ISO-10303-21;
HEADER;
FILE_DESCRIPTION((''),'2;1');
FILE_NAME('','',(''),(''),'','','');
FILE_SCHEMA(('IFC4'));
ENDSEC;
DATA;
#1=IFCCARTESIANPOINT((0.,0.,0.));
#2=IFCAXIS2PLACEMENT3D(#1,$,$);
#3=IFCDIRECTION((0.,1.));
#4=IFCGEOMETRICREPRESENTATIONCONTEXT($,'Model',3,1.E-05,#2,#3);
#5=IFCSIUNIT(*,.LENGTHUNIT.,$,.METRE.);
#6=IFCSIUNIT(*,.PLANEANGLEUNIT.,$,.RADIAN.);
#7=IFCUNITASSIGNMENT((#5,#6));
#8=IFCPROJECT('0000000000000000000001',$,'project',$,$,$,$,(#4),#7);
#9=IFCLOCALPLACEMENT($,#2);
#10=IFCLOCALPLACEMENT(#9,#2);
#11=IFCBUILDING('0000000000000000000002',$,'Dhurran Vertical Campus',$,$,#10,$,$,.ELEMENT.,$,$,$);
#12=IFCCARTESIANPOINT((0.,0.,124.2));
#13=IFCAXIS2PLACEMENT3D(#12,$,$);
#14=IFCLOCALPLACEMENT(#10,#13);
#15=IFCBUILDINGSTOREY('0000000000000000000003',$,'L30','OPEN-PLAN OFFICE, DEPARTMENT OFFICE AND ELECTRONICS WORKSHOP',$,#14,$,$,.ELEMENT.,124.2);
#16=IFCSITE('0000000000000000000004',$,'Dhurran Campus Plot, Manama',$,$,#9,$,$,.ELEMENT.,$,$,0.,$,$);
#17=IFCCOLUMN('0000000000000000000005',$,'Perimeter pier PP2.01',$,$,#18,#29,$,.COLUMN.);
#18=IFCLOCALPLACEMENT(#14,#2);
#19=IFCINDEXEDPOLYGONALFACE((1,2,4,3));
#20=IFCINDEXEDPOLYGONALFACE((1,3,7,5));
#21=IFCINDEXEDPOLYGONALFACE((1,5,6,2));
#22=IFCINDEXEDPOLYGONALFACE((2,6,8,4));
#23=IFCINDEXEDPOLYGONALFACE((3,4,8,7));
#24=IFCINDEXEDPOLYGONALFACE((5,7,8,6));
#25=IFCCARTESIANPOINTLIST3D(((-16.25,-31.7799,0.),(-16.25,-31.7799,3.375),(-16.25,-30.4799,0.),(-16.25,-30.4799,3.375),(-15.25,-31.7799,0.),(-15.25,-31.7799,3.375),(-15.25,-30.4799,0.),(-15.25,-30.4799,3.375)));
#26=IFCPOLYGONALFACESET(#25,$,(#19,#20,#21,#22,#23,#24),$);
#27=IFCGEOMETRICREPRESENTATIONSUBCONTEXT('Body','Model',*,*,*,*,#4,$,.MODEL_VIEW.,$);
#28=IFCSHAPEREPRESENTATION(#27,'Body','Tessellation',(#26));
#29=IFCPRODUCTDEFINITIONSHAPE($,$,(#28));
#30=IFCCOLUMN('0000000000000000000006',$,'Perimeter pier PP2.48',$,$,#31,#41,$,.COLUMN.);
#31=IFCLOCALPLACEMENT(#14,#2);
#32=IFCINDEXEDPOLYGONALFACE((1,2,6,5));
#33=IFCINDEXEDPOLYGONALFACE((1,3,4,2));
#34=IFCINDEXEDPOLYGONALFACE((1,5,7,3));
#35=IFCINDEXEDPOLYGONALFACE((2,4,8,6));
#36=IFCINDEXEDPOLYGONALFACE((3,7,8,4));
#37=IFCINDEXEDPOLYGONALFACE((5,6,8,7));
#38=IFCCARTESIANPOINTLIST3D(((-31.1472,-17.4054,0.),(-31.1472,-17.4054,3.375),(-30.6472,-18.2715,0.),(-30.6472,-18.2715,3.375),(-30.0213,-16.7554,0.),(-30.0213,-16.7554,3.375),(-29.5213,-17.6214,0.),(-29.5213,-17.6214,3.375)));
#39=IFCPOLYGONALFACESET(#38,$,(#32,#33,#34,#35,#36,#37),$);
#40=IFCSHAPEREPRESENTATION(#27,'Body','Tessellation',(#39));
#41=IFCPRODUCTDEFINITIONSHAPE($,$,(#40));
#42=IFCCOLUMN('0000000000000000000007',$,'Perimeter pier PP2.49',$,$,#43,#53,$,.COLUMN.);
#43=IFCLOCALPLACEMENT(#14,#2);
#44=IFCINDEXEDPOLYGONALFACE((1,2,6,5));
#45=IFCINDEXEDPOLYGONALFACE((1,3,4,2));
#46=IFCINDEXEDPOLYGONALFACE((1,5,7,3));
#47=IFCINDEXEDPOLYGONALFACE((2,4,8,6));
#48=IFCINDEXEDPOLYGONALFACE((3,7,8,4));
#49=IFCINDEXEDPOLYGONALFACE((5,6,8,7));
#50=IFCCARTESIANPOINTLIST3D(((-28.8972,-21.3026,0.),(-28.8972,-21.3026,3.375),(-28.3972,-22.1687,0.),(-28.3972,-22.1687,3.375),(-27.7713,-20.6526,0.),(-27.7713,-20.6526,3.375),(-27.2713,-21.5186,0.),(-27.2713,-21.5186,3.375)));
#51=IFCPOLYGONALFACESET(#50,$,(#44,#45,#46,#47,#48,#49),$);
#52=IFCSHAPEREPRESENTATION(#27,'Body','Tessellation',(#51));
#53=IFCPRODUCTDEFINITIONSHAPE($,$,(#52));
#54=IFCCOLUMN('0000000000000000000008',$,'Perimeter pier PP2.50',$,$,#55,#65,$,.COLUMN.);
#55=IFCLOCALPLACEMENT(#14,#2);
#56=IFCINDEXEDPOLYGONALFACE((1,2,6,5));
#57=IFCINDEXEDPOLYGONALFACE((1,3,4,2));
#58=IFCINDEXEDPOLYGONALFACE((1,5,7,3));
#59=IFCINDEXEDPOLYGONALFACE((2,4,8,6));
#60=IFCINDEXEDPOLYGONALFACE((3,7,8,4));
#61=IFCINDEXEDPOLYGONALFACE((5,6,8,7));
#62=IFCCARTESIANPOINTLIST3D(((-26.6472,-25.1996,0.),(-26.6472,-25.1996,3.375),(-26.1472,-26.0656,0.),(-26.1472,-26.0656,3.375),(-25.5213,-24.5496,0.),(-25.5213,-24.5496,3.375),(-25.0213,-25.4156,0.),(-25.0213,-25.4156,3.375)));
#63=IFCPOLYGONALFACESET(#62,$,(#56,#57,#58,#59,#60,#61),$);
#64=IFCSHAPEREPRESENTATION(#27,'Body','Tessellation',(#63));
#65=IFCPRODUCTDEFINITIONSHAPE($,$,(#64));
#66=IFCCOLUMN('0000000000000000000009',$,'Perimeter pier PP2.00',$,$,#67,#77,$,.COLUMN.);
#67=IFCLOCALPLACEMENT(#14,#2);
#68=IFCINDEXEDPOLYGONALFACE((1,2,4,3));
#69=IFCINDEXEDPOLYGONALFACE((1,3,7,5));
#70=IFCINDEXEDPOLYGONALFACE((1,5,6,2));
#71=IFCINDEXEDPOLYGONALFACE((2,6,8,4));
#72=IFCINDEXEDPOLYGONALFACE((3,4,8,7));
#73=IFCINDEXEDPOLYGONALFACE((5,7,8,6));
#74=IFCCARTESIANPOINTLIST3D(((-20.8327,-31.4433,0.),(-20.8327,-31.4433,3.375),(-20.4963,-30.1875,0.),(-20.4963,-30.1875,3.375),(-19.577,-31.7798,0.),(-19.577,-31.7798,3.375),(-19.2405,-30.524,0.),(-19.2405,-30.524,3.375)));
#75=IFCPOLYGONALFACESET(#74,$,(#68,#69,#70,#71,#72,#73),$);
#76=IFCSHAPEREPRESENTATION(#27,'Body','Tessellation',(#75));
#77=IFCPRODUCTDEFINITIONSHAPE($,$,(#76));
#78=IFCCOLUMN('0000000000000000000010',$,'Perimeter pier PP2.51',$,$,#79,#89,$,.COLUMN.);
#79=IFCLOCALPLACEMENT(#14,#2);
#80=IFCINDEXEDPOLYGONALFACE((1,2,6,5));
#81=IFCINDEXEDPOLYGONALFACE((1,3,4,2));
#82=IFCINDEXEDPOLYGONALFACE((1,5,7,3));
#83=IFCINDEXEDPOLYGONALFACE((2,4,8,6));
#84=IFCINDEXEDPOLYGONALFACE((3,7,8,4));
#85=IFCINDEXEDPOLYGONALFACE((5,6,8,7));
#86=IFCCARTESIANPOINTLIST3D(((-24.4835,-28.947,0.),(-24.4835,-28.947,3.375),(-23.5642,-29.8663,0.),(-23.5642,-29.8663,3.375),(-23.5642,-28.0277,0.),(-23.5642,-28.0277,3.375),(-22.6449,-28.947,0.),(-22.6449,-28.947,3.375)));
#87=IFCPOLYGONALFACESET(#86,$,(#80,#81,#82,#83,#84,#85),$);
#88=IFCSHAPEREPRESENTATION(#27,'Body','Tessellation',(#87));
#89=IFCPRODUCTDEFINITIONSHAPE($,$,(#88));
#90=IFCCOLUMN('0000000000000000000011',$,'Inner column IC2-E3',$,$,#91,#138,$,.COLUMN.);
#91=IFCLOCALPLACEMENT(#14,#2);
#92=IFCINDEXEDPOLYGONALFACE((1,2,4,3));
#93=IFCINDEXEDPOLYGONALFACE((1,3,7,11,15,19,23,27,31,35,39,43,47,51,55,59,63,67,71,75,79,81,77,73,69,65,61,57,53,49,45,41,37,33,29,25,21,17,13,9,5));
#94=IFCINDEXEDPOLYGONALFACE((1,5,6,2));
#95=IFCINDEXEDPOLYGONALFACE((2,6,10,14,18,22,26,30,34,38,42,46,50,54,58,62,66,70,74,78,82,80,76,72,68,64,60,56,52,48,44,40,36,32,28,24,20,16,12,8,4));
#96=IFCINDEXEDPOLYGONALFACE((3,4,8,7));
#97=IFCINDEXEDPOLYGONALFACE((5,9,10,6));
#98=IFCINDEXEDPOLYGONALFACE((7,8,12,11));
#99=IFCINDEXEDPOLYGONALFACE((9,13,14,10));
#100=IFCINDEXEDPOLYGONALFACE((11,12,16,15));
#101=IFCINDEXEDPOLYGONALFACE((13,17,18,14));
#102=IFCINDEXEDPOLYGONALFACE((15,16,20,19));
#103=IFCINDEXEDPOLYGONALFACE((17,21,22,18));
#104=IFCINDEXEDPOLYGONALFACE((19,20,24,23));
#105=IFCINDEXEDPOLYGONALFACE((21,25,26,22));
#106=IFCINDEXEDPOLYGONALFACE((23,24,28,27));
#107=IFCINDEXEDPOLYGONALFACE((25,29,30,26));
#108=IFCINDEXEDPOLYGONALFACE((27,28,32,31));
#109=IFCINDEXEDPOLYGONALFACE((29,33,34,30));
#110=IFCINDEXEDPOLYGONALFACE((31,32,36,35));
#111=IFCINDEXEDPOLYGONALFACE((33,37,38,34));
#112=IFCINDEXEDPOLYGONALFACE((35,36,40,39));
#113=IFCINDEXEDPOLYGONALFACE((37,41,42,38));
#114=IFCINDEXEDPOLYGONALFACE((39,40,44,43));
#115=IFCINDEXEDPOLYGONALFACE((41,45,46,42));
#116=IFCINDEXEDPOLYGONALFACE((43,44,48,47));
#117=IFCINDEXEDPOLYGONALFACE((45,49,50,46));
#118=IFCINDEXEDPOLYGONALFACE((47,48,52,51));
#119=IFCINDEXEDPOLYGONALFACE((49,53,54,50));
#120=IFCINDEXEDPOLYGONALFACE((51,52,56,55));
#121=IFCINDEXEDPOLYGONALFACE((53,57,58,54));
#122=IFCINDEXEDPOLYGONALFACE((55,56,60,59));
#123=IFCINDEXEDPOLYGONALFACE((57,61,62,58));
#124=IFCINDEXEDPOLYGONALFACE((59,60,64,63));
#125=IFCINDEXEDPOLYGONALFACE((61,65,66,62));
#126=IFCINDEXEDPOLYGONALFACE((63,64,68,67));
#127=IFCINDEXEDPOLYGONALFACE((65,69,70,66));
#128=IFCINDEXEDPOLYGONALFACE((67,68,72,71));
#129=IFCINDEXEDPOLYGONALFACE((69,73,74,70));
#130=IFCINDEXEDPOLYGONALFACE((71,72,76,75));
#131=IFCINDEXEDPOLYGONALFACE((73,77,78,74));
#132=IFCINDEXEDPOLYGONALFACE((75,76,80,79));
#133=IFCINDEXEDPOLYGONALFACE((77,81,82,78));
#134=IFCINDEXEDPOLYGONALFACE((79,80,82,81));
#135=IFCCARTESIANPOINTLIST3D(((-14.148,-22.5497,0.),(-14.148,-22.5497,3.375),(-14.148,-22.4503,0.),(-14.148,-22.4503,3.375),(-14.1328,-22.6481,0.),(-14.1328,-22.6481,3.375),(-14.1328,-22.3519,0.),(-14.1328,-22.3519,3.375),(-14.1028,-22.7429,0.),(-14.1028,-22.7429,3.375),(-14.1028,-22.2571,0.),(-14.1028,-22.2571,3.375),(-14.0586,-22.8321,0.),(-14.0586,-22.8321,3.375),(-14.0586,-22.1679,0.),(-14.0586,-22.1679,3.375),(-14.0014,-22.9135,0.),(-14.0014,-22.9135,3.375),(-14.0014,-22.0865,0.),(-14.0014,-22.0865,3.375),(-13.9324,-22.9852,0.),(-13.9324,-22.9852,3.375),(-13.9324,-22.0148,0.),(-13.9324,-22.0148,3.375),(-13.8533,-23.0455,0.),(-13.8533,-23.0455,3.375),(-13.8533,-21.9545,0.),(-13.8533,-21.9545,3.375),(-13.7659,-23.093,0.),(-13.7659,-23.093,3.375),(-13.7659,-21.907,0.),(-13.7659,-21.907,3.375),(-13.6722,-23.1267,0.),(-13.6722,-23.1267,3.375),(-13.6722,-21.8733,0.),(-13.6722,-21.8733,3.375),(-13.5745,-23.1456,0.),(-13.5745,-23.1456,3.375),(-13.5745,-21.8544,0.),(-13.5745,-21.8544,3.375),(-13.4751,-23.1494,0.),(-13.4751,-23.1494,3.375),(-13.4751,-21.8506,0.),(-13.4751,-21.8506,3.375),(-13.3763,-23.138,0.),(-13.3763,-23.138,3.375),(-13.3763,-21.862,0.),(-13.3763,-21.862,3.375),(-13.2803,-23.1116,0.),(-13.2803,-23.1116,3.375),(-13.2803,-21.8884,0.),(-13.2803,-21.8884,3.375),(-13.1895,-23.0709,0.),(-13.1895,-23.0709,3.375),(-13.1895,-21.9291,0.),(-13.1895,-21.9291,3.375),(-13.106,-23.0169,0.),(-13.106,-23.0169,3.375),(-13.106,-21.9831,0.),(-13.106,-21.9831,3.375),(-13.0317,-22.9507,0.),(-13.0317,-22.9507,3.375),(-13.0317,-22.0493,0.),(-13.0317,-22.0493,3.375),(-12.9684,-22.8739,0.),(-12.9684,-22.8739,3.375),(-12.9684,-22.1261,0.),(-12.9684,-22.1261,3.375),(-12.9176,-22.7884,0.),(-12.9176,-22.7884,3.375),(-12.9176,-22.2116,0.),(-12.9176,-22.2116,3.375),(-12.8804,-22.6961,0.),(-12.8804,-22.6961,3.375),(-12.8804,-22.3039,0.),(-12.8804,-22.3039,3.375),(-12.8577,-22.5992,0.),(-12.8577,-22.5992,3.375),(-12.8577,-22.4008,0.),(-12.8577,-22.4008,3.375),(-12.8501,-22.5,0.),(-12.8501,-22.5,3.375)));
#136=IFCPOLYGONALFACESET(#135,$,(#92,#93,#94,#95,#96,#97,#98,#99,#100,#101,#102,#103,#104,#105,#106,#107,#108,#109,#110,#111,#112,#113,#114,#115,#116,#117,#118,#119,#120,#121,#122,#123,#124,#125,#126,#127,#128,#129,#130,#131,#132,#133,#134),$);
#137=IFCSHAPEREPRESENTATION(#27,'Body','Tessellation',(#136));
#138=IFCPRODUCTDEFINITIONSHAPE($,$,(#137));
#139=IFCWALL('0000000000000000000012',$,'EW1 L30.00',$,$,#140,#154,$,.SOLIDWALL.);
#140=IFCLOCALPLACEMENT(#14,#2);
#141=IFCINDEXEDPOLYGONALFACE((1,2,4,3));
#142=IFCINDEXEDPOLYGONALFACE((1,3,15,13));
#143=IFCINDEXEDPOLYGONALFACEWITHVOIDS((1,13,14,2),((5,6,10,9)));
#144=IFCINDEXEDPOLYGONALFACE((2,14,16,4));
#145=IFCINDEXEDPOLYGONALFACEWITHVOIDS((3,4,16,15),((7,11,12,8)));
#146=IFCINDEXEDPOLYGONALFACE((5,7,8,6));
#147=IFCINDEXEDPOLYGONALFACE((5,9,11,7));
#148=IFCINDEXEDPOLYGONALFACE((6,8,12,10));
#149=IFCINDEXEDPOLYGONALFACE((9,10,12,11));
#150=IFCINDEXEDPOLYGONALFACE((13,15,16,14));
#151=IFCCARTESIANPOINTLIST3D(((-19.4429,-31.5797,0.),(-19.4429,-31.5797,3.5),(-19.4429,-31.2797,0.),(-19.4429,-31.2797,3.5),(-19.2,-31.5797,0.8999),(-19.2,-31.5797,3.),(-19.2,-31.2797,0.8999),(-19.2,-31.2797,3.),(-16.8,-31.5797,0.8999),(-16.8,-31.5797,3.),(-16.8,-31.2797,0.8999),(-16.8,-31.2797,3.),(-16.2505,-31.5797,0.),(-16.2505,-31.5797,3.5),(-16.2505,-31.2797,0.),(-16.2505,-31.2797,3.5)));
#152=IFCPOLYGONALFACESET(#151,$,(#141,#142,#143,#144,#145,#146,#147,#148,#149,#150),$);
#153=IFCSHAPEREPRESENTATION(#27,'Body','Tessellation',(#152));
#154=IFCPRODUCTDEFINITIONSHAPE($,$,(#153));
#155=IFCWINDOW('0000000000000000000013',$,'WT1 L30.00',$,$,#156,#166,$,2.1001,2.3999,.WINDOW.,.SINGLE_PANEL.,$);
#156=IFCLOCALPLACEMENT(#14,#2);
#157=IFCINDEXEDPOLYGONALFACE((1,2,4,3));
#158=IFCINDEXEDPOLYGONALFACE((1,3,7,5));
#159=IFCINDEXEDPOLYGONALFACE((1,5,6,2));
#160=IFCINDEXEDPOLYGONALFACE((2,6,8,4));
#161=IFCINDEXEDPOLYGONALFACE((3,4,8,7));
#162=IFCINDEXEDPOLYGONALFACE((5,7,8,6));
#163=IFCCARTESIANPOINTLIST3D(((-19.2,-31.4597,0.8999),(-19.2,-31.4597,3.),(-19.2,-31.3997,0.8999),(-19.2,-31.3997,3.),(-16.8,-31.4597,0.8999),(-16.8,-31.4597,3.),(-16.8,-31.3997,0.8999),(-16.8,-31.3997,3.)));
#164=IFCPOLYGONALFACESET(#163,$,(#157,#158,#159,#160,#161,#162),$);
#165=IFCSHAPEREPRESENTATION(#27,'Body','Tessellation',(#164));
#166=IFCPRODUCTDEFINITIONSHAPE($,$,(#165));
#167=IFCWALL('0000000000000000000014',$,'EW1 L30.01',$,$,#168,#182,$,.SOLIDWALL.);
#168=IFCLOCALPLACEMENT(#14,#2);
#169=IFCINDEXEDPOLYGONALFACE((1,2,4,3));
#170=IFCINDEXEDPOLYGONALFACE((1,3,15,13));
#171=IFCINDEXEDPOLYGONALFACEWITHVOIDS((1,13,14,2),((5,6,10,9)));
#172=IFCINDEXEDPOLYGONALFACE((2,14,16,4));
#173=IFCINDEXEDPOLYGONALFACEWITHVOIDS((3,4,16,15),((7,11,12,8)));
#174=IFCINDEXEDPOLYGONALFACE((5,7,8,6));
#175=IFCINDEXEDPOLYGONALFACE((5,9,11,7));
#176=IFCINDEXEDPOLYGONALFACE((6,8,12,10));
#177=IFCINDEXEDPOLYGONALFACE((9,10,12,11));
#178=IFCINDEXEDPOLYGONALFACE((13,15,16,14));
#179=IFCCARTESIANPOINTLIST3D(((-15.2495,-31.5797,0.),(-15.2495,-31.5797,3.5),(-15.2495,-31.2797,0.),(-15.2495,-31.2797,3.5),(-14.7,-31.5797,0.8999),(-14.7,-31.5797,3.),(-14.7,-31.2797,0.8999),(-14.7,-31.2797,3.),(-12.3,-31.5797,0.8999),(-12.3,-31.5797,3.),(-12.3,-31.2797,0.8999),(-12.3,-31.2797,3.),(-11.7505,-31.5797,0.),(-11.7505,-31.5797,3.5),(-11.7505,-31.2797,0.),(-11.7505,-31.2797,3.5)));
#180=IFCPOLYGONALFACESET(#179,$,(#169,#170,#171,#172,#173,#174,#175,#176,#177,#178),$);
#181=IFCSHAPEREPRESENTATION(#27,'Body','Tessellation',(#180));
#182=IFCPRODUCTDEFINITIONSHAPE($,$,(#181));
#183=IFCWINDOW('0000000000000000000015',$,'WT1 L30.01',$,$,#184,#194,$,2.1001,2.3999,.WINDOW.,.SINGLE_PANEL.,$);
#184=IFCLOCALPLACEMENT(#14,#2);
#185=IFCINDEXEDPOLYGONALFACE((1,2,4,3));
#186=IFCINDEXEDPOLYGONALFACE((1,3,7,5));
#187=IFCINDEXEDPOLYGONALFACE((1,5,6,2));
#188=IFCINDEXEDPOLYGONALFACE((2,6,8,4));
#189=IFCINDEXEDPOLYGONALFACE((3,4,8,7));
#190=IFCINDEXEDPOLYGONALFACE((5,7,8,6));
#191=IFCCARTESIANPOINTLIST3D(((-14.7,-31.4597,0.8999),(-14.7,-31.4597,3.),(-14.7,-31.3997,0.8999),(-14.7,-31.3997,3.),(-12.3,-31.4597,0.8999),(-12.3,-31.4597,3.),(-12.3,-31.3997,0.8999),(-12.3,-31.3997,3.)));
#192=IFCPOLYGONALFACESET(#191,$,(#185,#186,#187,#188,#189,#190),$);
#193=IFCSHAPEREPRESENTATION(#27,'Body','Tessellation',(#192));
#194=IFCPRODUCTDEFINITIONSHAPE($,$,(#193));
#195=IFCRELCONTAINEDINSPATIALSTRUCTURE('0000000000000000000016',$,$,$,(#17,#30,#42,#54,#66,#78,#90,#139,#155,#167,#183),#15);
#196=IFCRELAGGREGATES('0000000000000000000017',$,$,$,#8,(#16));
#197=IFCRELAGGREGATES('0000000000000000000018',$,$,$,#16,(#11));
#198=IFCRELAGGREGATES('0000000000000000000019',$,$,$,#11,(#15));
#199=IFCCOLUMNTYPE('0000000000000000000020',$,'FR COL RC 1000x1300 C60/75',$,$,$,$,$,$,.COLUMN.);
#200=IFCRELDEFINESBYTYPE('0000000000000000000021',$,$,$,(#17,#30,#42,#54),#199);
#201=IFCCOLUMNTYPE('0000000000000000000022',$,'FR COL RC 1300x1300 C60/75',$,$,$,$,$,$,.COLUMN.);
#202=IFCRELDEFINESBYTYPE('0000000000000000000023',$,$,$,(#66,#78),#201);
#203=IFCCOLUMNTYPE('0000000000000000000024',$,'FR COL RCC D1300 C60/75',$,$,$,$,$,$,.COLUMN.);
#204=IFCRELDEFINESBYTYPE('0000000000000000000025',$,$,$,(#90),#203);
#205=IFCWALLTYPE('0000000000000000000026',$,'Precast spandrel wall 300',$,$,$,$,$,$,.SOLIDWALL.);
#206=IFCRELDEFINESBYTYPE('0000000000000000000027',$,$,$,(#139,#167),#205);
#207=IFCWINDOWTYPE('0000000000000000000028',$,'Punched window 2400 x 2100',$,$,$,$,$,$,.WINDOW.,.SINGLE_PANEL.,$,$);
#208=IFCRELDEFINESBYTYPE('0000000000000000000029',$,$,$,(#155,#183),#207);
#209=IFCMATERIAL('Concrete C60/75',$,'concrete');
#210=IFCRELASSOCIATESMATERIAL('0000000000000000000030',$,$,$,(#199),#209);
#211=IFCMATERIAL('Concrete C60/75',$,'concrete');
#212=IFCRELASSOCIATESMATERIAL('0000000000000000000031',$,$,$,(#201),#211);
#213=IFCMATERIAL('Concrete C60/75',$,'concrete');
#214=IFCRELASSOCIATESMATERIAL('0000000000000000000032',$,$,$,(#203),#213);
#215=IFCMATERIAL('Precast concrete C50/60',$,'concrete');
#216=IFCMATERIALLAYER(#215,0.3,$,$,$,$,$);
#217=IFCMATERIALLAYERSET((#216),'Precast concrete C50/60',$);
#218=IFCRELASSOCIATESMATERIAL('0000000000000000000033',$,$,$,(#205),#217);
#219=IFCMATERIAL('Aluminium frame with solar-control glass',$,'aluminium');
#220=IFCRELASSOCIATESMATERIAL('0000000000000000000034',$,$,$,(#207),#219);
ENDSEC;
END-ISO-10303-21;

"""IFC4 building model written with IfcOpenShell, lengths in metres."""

from ifc_helpers import new_model, si_unit, direction, frame, frame_2d, origin, origin_2d, place, context, subcontext, project, spatial, rectangle, circle, extrude, material, layer, layer_set, material_profile, profile_set, type_object, element, fill, save


model = new_model("IFC4")

# Units and contexts
model_context = context("Model", 3, precision=1e-05, world=origin(), true_north=direction((0.0, 1.0)))
body_context = subcontext(model_context, "Body", "Model", "MODEL_VIEW")
ifc_project = project(units=[si_unit("LENGTHUNIT", "METRE"), si_unit("PLANEANGLEUNIT", "RADIAN")], contexts=[model_context])

# Site, building, storey
site_placement = place(None, origin())
site = spatial("IfcSite", under=ifc_project, at=site_placement, Name="Dhurran Campus Plot, Manama", CompositionType="ELEMENT", RefElevation=0.0)
building_placement = place(site_placement, origin())
building = spatial("IfcBuilding", under=site, at=building_placement, Name="Dhurran Vertical Campus", CompositionType="ELEMENT")
storey_placement = place(building_placement, frame((0.0, 0.0, 124.2)))
storey = spatial("IfcBuildingStorey", under=building, at=storey_placement, Name="L30", Description="OPEN-PLAN OFFICE, DEPARTMENT OFFICE AND ELECTRONICS WORKSHOP", CompositionType="ELEMENT", Elevation=124.2)

# Columns
ifc_material_1 = material(Name="Concrete C60/75", Category="concrete")
ifc_material_profile_1 = material_profile(ifc_material_1, rectangle(XDim=1.0, YDim=1.3, at=origin_2d()), Name="RC 1000x1300")
ifc_profile_set_1 = profile_set([ifc_material_profile_1], Name="Concrete C60/75")
column_type_1 = type_object("IfcColumnType", Name="FR COL RC 1000x1300 C60/75", PredefinedType="COLUMN", material=ifc_profile_set_1)
for number, where, z_axis, x_axis, name in (
    (1, (-15.75, -31.1299, 0.0), (0.0, 0.0, 1.0), (1.0, 0.0, 0.0), "Perimeter pier PP2.01"),
    (2, (-30.3342, -17.5134, 0.0), (0.0, 0.0, 1.0), (0.5, -0.866025, 0.0), "Perimeter pier PP2.48"),
    (3, (-28.0842, -21.4106, 0.0), (0.0, 0.0, 1.0), (0.5, -0.866025, 0.0), "Perimeter pier PP2.49"),
    (4, (-25.8342, -25.3076, 0.0), (0.0, 0.0, 1.0), (0.5, -0.866025, 0.0), "Perimeter pier PP2.50"),
):
    element("IfcColumn", number, at=place(storey_placement, frame(where, z_axis=z_axis, x_axis=x_axis)), inside=storey, type_object=column_type_1, Name=name, PredefinedType="COLUMN", context=body_context, shape_type="SweptSolid", body=[
        extrude(rectangle(XDim=1.0, YDim=1.3, at=origin_2d()), origin(), (0.0, 0.0, 1.0), 3.375),
    ])
ifc_material_2 = material(Name="Concrete C60/75", Category="concrete")
ifc_material_profile_2 = material_profile(ifc_material_2, rectangle(XDim=1.3, YDim=1.3, at=origin_2d()), Name="RC 1300x1300")
ifc_profile_set_2 = profile_set([ifc_material_profile_2], Name="Concrete C60/75")
column_type_2 = type_object("IfcColumnType", Name="FR COL RC 1300x1300 C60/75", PredefinedType="COLUMN", material=ifc_profile_set_2)
for number, where, z_axis, x_axis, name in (
    (5, (-20.0366, -30.9836, 0.0), (0.0, 0.0, 1.0), (0.965926, -0.258819, 0.0), "Perimeter pier PP2.00"),
    (6, (-23.5642, -28.947, 0.0), (0.0, 0.0, 1.0), (0.707107, -0.707107, 0.0), "Perimeter pier PP2.51"),
):
    element("IfcColumn", number, at=place(storey_placement, frame(where, z_axis=z_axis, x_axis=x_axis)), inside=storey, type_object=column_type_2, Name=name, PredefinedType="COLUMN", context=body_context, shape_type="SweptSolid", body=[
        extrude(rectangle(XDim=1.3, YDim=1.3, at=origin_2d()), origin(), (0.0, 0.0, 1.0), 3.375),
    ])
ifc_material_3 = material(Name="Concrete C60/75", Category="concrete")
ifc_material_profile_3 = material_profile(ifc_material_3, circle(Radius=0.6499, at=origin_2d()), Name="RCC D1300")
ifc_profile_set_3 = profile_set([ifc_material_profile_3], Name="Concrete C60/75")
column_type_3 = type_object("IfcColumnType", Name="FR COL RCC D1300 C60/75", PredefinedType="COLUMN", material=ifc_profile_set_3)
column_placement = place(storey_placement, frame((-13.5, -22.5, 0.0), z_axis=(0.0, 0.0, 1.0), x_axis=(1.0, 0.0, 0.0)))
element("IfcColumn", 7, at=column_placement, inside=storey, type_object=column_type_3, Name="Inner column IC2-E3", PredefinedType="COLUMN", context=body_context, shape_type="SweptSolid", body=[
    extrude(circle(Radius=0.6499, at=origin_2d()), origin(), (0.0, 0.0, 1.0), 3.375),
])

# Walls, openings, windows
ifc_material_4 = material(Name="Precast concrete C50/60", Category="concrete")
ifc_layer_1 = layer(ifc_material_4, 0.3)
ifc_layer_set_1 = layer_set([ifc_layer_1], Name="Precast concrete C50/60")
wall_type_1 = type_object("IfcWallType", Name="Precast spandrel wall 300", PredefinedType="SOLIDWALL", material=ifc_layer_set_1)
wall_1_placement = place(storey_placement, frame((-19.4429, -31.4297, 0.0), z_axis=(0.0, 0.0, 1.0), x_axis=(1.0, 0.0, 0.0)))
wall_1 = element("IfcWall", 8, at=wall_1_placement, inside=storey, type_object=wall_type_1, Name="EW1 L30.00", PredefinedType="SOLIDWALL", context=body_context, shape_type="SweptSolid", body=[
    extrude(rectangle(XDim=3.1924, YDim=0.3, at=frame_2d((1.5962, 0.0))), origin(), (0.0, 0.0, 1.0), 3.5),
])
opening_1_placement = place(wall_1_placement, frame((0.2429, 0.0, 0.8999)))
opening_1 = element("IfcOpeningElement", 9, at=opening_1_placement, cuts=wall_1, PredefinedType="OPENING", context=body_context, shape_type="SweptSolid", body=[
    extrude(rectangle(XDim=2.3999, YDim=2.1001, at=frame_2d((1.2, 1.05))), frame((0.0, 0.1599, 0.0), z_axis=(0.0, -1.0, 0.0), x_axis=(1.0, 0.0, 0.0)), (0.0, 0.0, 1.0), 0.3201),
])
ifc_material_5 = material(Name="Aluminium frame with solar-control glass", Category="aluminium")
window_type = type_object("IfcWindowType", Name="Punched window 2400 x 2100", PartitioningType="SINGLE_PANEL", PredefinedType="WINDOW", material=ifc_material_5)
window_1_placement = place(opening_1_placement, origin())
window_1 = element("IfcWindow", 10, at=window_1_placement, inside=storey, type_object=window_type, Name="WT1 L30.00", OverallHeight=2.1001, OverallWidth=2.3999, PartitioningType="SINGLE_PANEL", PredefinedType="WINDOW", context=body_context, shape_type="SweptSolid", body=[
    extrude(rectangle(XDim=2.3999, YDim=2.1001, at=frame_2d((1.2, 1.05))), frame((0.0, 0.03, 0.0), z_axis=(0.0, -1.0, 0.0), x_axis=(1.0, 0.0, 0.0)), (0.0, 0.0, 1.0), 0.0601),
])
fill(opening_1, window_1)
wall_2_placement = place(storey_placement, frame((-15.2495, -31.4297, 0.0), z_axis=(0.0, 0.0, 1.0), x_axis=(1.0, 0.0, 0.0)))
wall_2 = element("IfcWall", 11, at=wall_2_placement, inside=storey, type_object=wall_type_1, Name="EW1 L30.01", PredefinedType="SOLIDWALL", context=body_context, shape_type="SweptSolid", body=[
    extrude(rectangle(XDim=3.499, YDim=0.3, at=frame_2d((1.7495, 0.0))), origin(), (0.0, 0.0, 1.0), 3.5),
])
opening_2_placement = place(wall_2_placement, frame((0.5496, 0.0, 0.8999)))
opening_2 = element("IfcOpeningElement", 12, at=opening_2_placement, cuts=wall_2, PredefinedType="OPENING", context=body_context, shape_type="SweptSolid", body=[
    extrude(rectangle(XDim=2.3999, YDim=2.1001, at=frame_2d((1.2, 1.05))), frame((0.0, 0.1599, 0.0), z_axis=(0.0, -1.0, 0.0), x_axis=(1.0, 0.0, 0.0)), (0.0, 0.0, 1.0), 0.3201),
])
window_2_placement = place(opening_2_placement, origin())
window_2 = element("IfcWindow", 13, at=window_2_placement, inside=storey, type_object=window_type, Name="WT1 L30.01", OverallHeight=2.1001, OverallWidth=2.3999, PartitioningType="SINGLE_PANEL", PredefinedType="WINDOW", context=body_context, shape_type="SweptSolid", body=[
    extrude(rectangle(XDim=2.3999, YDim=2.1001, at=frame_2d((1.2, 1.05))), frame((0.0, 0.03, 0.0), z_axis=(0.0, -1.0, 0.0), x_axis=(1.0, 0.0, 0.0)), (0.0, 0.0, 1.0), 0.0601),
])
fill(opening_2, window_2)

save(model, "model.ifc")
